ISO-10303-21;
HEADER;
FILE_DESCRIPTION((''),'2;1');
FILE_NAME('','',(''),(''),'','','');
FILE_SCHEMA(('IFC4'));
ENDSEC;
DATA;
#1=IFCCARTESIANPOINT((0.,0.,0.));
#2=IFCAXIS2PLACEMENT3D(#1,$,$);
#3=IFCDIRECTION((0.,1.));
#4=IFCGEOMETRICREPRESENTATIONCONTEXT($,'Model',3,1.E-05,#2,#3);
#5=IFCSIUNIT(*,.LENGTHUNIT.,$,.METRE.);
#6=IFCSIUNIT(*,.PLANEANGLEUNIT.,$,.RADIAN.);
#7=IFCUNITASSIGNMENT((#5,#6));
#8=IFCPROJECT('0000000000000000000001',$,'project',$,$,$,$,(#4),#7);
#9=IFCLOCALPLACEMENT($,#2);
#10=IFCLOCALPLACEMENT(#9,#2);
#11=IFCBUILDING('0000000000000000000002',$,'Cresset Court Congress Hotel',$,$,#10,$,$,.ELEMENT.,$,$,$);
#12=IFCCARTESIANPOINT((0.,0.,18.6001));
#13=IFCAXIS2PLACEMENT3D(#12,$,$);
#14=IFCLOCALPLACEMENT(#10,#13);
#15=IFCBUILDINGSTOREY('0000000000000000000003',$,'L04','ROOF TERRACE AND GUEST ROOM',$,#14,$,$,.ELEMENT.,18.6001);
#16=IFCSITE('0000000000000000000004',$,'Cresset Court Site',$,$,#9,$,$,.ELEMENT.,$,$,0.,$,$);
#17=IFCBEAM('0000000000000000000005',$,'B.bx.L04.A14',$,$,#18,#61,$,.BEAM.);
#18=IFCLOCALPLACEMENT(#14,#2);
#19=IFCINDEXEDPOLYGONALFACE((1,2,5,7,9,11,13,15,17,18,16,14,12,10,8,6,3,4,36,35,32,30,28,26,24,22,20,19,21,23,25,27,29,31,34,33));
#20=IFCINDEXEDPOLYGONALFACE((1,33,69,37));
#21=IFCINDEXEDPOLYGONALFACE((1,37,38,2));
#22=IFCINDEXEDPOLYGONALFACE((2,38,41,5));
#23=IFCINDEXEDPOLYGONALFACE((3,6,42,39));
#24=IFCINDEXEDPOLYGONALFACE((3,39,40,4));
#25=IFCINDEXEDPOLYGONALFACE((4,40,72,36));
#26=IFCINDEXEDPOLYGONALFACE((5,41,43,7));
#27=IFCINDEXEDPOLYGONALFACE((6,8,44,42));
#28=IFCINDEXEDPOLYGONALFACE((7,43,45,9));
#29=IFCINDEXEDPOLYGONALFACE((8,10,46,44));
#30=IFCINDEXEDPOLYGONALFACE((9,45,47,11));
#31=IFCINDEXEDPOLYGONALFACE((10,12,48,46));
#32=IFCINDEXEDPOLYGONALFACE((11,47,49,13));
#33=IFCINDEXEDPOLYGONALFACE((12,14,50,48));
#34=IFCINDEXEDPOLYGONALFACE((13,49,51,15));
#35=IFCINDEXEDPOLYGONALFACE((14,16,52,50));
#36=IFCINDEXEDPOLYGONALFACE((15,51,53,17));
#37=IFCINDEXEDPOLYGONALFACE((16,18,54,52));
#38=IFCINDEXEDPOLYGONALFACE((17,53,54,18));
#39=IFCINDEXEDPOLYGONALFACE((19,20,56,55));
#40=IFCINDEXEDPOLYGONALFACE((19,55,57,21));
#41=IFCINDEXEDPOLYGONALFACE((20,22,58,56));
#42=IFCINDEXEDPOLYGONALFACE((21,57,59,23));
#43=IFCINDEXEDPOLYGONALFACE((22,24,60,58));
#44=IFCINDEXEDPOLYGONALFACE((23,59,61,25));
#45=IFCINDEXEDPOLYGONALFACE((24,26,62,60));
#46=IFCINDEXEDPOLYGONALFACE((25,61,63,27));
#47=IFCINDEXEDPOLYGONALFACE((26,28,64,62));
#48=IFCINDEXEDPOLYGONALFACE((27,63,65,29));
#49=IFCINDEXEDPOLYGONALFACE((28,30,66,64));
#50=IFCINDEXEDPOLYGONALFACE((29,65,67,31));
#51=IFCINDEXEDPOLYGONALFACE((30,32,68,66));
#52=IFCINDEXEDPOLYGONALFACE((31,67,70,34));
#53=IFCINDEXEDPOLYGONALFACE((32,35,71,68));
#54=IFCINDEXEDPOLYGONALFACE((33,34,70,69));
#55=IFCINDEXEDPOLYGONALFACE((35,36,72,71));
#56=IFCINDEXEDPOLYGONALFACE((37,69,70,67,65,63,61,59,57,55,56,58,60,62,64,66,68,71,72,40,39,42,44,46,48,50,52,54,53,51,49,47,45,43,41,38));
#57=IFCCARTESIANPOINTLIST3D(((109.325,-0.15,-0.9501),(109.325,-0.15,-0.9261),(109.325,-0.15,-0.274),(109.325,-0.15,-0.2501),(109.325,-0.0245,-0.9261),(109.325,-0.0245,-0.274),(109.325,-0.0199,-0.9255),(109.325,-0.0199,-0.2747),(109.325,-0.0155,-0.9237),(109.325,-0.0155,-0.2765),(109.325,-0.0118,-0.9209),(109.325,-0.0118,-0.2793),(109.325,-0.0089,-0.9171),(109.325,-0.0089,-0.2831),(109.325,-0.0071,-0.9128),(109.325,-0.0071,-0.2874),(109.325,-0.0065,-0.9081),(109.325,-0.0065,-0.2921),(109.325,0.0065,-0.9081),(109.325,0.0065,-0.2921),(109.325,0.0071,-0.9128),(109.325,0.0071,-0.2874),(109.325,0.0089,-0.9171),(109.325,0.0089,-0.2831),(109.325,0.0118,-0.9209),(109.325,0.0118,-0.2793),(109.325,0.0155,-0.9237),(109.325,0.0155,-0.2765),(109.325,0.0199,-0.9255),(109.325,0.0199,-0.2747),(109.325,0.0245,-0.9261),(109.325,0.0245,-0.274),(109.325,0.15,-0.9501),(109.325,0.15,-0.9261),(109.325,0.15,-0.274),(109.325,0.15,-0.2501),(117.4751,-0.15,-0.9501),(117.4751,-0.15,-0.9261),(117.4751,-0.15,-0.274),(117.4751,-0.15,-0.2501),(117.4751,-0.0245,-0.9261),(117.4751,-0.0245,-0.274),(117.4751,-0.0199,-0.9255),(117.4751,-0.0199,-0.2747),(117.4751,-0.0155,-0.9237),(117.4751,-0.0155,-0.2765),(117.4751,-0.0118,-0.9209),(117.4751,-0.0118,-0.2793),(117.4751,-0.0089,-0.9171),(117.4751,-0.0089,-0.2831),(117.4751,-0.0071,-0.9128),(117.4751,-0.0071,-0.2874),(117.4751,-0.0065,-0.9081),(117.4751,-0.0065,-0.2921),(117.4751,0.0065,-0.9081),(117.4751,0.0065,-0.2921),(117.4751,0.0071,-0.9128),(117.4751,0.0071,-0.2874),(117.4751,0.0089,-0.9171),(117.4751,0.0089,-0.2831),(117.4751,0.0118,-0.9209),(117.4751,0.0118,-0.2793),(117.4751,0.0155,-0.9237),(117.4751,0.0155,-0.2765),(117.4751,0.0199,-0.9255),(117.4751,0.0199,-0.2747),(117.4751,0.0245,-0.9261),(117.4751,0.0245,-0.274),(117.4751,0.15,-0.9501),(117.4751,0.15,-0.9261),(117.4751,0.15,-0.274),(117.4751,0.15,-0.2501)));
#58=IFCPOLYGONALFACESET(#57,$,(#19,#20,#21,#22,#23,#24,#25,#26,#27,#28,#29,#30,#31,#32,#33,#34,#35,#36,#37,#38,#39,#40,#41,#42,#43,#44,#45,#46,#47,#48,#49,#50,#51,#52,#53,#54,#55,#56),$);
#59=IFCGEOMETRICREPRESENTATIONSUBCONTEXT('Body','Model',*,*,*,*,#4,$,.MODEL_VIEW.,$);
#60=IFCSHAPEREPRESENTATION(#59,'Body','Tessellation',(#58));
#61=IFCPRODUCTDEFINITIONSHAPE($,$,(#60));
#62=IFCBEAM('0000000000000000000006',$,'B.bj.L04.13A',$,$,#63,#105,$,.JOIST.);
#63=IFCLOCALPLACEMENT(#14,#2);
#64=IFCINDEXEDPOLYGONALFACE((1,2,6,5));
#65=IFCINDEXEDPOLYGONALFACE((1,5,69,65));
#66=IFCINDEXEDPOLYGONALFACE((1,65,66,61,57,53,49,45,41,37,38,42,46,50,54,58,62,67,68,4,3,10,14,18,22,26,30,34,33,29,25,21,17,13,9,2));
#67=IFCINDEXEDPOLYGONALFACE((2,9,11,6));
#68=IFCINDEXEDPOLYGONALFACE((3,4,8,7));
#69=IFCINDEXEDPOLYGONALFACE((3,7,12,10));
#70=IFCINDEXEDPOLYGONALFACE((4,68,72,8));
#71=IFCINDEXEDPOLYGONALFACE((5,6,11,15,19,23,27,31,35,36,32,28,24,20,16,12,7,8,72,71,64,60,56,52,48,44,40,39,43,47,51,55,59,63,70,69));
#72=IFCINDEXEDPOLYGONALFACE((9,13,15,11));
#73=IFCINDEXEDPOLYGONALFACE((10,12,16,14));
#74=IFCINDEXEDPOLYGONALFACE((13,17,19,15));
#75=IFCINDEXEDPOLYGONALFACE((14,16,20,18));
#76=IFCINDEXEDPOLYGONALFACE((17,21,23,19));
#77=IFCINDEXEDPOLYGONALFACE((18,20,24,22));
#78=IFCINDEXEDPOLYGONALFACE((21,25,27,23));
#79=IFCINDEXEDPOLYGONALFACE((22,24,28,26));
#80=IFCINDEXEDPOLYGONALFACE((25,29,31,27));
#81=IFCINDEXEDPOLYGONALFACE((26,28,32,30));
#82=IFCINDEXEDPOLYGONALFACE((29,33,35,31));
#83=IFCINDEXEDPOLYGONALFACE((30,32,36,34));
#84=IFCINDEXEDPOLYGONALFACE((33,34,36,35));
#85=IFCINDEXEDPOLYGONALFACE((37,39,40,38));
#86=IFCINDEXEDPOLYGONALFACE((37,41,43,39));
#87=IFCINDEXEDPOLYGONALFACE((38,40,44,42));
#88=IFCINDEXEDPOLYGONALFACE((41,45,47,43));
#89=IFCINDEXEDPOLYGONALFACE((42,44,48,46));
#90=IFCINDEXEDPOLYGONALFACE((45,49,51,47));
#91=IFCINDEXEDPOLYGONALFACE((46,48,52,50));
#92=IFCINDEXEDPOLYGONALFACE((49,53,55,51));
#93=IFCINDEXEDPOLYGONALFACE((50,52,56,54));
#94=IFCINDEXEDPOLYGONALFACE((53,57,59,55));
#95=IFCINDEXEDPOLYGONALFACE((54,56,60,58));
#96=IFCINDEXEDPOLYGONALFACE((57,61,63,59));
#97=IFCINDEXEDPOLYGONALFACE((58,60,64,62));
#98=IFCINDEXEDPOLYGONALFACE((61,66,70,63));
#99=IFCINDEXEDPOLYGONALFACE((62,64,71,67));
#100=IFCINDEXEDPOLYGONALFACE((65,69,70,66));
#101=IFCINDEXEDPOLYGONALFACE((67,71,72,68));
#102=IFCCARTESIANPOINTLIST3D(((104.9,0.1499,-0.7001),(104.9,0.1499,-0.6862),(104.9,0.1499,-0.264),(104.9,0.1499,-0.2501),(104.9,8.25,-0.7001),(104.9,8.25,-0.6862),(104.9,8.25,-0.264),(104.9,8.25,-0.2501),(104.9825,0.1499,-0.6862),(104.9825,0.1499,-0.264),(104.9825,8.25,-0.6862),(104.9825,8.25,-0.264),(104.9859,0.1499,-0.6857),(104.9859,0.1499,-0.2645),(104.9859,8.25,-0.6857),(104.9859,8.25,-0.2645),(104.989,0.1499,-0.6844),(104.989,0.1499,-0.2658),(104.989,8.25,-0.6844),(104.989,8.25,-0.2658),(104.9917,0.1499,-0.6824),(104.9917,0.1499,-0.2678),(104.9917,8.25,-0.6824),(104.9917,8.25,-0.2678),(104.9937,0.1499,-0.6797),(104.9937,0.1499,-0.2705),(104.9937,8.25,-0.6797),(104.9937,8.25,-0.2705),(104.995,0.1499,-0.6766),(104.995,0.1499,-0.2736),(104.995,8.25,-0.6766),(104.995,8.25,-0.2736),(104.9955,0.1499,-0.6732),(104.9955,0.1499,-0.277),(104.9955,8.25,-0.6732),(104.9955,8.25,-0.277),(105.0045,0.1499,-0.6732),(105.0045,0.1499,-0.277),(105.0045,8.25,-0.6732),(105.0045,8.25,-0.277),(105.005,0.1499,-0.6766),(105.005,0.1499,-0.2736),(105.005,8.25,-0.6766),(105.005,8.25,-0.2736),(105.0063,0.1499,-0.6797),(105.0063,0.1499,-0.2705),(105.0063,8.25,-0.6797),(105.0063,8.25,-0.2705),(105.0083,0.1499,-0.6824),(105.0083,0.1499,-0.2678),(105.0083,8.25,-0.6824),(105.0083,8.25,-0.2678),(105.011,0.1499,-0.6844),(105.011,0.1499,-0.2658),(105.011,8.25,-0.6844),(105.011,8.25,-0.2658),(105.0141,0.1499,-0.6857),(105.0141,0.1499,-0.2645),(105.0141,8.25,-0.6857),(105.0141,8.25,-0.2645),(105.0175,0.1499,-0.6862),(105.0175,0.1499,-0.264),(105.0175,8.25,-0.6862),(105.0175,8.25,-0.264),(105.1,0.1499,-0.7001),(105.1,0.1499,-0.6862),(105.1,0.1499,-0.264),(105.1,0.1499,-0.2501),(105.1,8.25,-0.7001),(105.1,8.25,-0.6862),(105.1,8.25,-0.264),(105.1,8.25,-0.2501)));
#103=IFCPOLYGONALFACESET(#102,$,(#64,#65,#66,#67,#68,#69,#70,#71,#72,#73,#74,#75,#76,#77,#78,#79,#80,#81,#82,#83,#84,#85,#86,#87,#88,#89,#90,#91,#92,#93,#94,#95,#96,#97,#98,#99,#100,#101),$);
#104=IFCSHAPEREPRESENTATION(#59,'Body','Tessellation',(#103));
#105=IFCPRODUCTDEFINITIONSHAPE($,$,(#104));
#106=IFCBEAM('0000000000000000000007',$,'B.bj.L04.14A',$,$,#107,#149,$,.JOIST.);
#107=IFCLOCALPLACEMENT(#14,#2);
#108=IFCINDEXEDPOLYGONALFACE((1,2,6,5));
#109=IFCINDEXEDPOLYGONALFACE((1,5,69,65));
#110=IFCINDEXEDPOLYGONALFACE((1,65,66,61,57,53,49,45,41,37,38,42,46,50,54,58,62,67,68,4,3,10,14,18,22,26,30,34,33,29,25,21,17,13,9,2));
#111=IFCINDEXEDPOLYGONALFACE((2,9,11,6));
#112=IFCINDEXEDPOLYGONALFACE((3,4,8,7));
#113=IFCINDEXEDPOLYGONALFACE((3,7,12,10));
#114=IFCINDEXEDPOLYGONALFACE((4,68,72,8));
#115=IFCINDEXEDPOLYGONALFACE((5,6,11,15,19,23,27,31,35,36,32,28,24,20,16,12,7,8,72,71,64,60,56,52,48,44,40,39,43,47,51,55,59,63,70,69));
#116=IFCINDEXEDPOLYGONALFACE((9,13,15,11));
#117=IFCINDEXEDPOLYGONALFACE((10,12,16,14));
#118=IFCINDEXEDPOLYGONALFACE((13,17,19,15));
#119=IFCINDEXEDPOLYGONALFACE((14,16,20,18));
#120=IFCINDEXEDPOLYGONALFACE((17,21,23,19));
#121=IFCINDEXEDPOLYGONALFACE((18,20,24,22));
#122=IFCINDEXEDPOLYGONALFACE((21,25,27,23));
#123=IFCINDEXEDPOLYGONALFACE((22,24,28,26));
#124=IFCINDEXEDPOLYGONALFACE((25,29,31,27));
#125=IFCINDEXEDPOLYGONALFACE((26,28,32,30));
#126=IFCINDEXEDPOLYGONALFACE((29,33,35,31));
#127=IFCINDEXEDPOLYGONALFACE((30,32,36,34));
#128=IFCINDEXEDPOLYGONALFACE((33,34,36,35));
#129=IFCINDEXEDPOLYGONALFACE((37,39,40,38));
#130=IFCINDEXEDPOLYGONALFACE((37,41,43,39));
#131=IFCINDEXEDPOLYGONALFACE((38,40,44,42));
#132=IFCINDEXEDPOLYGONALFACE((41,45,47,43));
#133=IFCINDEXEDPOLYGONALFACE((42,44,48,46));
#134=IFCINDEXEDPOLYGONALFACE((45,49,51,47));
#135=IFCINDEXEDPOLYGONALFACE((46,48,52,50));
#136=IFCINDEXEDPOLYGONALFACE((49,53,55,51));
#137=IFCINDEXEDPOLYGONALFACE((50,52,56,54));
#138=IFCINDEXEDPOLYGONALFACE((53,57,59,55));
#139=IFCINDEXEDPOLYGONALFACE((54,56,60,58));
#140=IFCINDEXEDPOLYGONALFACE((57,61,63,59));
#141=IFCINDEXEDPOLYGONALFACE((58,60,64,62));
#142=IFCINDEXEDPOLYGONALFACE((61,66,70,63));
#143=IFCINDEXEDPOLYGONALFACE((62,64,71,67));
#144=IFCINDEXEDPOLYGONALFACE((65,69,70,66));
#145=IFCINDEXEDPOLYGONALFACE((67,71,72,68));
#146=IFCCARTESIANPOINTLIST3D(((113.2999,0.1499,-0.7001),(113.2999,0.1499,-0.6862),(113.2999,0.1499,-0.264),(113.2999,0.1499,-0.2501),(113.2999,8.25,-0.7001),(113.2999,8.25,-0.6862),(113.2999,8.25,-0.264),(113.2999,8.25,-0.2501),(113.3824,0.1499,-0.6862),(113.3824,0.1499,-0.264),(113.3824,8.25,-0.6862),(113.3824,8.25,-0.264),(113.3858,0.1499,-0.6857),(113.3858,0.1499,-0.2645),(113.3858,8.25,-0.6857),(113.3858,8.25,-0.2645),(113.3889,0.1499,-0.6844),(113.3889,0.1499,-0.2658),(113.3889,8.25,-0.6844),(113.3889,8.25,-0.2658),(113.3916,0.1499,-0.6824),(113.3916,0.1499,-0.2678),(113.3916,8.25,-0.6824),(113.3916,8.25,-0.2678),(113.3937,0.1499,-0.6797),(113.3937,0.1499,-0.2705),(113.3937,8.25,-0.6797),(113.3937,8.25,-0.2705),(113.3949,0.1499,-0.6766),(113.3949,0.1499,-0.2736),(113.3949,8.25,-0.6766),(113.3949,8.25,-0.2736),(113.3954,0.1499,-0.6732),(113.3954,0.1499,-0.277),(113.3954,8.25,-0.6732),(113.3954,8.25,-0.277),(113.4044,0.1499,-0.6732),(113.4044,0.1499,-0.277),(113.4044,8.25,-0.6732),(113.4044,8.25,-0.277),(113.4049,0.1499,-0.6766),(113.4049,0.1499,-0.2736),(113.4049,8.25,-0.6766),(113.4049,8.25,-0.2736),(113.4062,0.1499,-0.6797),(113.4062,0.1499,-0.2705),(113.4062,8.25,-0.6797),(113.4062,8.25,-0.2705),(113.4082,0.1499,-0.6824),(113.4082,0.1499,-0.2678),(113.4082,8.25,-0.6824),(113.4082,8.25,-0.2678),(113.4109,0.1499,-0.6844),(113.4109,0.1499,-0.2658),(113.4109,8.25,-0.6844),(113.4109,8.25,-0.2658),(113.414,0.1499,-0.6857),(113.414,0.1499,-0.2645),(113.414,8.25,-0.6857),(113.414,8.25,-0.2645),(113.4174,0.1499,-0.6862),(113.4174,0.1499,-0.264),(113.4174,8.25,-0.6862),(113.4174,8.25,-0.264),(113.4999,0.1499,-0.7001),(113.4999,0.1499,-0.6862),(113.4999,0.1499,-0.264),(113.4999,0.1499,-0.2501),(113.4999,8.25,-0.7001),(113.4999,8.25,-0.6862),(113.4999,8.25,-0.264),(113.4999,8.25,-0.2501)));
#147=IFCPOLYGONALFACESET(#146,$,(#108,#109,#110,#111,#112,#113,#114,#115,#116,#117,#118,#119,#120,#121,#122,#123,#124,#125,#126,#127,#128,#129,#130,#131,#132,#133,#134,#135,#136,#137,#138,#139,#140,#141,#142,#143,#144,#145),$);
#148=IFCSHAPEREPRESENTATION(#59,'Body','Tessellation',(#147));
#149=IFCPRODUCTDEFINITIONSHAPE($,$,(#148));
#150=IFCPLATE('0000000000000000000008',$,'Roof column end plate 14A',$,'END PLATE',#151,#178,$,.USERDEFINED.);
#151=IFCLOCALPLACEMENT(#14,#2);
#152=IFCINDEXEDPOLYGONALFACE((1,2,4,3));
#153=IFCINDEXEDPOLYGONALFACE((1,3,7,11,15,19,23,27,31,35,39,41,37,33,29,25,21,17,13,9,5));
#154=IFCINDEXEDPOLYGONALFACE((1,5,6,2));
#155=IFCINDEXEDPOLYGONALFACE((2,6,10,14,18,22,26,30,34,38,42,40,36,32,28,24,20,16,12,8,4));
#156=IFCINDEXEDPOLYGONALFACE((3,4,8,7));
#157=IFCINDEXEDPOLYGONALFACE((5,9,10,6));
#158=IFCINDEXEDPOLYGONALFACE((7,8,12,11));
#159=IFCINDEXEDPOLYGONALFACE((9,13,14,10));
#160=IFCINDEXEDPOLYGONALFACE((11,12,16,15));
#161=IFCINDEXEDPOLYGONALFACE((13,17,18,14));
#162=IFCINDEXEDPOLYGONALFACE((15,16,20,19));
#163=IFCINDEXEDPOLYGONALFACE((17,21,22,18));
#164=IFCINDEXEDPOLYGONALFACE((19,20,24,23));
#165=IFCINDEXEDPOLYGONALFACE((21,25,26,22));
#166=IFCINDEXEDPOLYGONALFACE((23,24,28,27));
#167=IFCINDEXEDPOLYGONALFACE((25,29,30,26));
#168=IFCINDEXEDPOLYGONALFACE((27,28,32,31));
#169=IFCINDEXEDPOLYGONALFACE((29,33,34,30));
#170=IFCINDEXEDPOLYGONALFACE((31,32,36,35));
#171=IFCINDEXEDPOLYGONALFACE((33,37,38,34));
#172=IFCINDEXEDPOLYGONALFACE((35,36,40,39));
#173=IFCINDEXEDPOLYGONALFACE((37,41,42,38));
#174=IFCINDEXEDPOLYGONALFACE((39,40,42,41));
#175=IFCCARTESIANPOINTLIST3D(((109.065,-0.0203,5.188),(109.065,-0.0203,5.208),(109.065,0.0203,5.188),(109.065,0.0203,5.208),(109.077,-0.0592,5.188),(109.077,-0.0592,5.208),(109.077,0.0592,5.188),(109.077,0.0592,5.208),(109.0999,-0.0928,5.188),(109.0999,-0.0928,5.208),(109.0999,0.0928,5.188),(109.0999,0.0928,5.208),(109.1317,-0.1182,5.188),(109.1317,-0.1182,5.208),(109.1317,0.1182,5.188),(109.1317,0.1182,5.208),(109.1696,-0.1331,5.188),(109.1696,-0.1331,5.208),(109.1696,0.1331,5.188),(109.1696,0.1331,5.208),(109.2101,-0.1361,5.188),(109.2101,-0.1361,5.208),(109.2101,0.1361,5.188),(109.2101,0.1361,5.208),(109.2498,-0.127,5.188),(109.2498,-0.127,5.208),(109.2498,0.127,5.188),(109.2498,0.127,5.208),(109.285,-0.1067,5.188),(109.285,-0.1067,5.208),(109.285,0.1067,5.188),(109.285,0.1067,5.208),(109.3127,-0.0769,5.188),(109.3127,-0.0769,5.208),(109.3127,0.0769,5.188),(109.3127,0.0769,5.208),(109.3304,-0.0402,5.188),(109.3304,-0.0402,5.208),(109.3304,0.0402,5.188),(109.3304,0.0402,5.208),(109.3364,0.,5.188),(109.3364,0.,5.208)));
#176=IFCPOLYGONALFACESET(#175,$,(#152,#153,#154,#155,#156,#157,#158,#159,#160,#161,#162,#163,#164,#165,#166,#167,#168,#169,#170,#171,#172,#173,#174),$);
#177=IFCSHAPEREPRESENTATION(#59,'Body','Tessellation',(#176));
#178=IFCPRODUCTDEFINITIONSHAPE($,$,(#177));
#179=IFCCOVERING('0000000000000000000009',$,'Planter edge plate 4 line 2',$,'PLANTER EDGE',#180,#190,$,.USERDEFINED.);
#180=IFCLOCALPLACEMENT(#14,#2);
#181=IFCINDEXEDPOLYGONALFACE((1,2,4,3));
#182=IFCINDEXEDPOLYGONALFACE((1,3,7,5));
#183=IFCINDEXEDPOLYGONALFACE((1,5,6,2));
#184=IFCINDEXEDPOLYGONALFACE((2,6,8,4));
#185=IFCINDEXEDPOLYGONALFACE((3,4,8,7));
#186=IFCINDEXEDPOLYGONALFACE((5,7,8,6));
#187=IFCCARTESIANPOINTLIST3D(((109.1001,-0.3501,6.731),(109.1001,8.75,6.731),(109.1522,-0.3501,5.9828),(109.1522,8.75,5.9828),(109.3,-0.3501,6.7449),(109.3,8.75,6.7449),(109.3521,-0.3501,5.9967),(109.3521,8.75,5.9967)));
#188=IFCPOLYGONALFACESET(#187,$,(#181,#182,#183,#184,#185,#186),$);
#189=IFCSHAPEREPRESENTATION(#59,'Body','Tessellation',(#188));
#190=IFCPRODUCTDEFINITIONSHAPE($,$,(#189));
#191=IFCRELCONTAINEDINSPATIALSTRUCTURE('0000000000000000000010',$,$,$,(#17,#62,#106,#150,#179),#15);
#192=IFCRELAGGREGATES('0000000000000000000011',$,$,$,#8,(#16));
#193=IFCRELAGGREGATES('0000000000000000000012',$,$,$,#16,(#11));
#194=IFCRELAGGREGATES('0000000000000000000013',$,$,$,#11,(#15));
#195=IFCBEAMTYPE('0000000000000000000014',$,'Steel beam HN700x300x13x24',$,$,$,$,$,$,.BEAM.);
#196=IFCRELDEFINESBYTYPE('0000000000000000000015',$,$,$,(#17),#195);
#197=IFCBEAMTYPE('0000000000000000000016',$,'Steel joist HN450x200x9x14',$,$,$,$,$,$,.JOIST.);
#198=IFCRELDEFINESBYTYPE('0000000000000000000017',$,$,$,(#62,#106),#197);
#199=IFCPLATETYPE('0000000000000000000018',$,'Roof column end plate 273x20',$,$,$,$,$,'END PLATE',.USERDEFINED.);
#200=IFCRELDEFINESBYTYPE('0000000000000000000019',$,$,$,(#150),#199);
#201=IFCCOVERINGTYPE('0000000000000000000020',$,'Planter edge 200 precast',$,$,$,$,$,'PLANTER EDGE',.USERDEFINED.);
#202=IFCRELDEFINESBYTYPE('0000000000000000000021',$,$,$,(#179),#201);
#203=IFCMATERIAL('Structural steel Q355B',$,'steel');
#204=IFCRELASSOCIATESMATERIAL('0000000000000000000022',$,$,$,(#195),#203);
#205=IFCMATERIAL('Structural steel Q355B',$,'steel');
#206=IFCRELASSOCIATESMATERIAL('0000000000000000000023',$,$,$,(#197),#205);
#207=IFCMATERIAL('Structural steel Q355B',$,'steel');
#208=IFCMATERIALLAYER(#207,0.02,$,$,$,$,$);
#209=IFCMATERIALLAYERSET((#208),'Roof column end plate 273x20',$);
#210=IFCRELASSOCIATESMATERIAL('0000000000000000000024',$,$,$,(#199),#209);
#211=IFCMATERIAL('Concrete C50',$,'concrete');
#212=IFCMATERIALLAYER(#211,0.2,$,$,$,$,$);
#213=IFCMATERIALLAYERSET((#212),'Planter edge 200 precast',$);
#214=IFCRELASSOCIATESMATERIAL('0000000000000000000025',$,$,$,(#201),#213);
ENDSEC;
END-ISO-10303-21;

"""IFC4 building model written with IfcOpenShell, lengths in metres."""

from ifc_helpers import new_model, si_unit, direction, frame, origin, origin_2d, place, context, subcontext, project, spatial, polyline, circle, i_section, outline, extrude, material, layer, layer_set, material_profile, profile_set, type_object, element, save


model = new_model("IFC4")

# Units and contexts
model_context = context("Model", 3, precision=1e-05, world=origin(), true_north=direction((0.0, 1.0)))
body_context = subcontext(model_context, "Body", "Model", "MODEL_VIEW")
ifc_project = project(units=[si_unit("LENGTHUNIT", "METRE"), si_unit("PLANEANGLEUNIT", "RADIAN")], contexts=[model_context])

# Site, building, storey
site_placement = place(None, origin())
site = spatial("IfcSite", under=ifc_project, at=site_placement, Name="Cresset Court Site", CompositionType="ELEMENT", RefElevation=0.0)
building_placement = place(site_placement, origin())
building = spatial("IfcBuilding", under=site, at=building_placement, Name="Cresset Court Congress Hotel", CompositionType="ELEMENT")
storey_placement = place(building_placement, frame((0.0, 0.0, 18.6001)))
storey = spatial("IfcBuildingStorey", under=building, at=storey_placement, Name="L04", Description="ROOF TERRACE AND GUEST ROOM", CompositionType="ELEMENT", Elevation=18.6001)

# Beams
ifc_material_1 = material(Name="Structural steel Q355B", Category="steel")
ifc_material_profile_1 = material_profile(ifc_material_1, i_section(OverallWidth=0.3, OverallDepth=0.7, WebThickness=0.0129, FlangeThickness=0.0239, FilletRadius=0.0181, at=origin_2d()), Name="HN700x300x13x24")
ifc_profile_set_1 = profile_set([ifc_material_profile_1], Name="Structural steel Q355B")
beam_type_1 = type_object("IfcBeamType", Name="Steel beam HN700x300x13x24", PredefinedType="BEAM", material=ifc_profile_set_1)
beam_1_placement = place(storey_placement, frame((109.325, 0.0, -0.6001), z_axis=(1.0, 0.0, 0.0), x_axis=(0.0, 1.0, 0.0)))
element("IfcBeam", 1, at=beam_1_placement, inside=storey, type_object=beam_type_1, Name="B.bx.L04.A14", PredefinedType="BEAM", context=body_context, shape_type="SweptSolid", body=[
    extrude(i_section(OverallWidth=0.3, OverallDepth=0.7, WebThickness=0.0129, FlangeThickness=0.0239, FilletRadius=0.0181, at=origin_2d()), origin(), (0.0, 0.0, 1.0), 8.1501),
])
ifc_material_2 = material(Name="Structural steel Q355B", Category="steel")
ifc_material_profile_2 = material_profile(ifc_material_2, i_section(OverallWidth=0.2, OverallDepth=0.45, WebThickness=0.009, FlangeThickness=0.0139, FilletRadius=0.0129, at=origin_2d()), Name="HN450x200x9x14")
ifc_profile_set_2 = profile_set([ifc_material_profile_2], Name="Structural steel Q355B")
beam_type_2 = type_object("IfcBeamType", Name="Steel joist HN450x200x9x14", PredefinedType="JOIST", material=ifc_profile_set_2)
for number, where, z_axis, x_axis, name in (
    (2, (105.0, 0.1499, -0.4751), (0.0, 1.0, 0.0), (-1.0, 0.0, 0.0), "B.bj.L04.13A"),
    (3, (113.3999, 0.1499, -0.4751), (0.0, 1.0, 0.0), (-1.0, 0.0, 0.0), "B.bj.L04.14A"),
):
    element("IfcBeam", number, at=place(storey_placement, frame(where, z_axis=z_axis, x_axis=x_axis)), inside=storey, type_object=beam_type_2, Name=name, PredefinedType="JOIST", context=body_context, shape_type="SweptSolid", body=[
        extrude(i_section(OverallWidth=0.2, OverallDepth=0.45, WebThickness=0.009, FlangeThickness=0.0139, FilletRadius=0.0129, at=origin_2d()), origin(), (0.0, 0.0, 1.0), 8.1001),
    ])

# Plate
ifc_material_3 = material(Name="Structural steel Q355B", Category="steel")
ifc_layer_1 = layer(ifc_material_3, 0.02)
ifc_layer_set_1 = layer_set([ifc_layer_1], Name="Roof column end plate 273x20")
plate_type = type_object("IfcPlateType", Name="Roof column end plate 273x20", ElementType="END PLATE", PredefinedType="USERDEFINED", material=ifc_layer_set_1)
plate_placement = place(storey_placement, frame((109.2, 0.0, 5.188), z_axis=(0.0, 0.0, 1.0), x_axis=(1.0, 0.0, 0.0)))
element("IfcPlate", 4, at=plate_placement, inside=storey, type_object=plate_type, Name="Roof column end plate 14A", ObjectType="END PLATE", PredefinedType="USERDEFINED", context=body_context, shape_type="SweptSolid", body=[
    extrude(circle(Radius=0.1365, at=origin_2d()), origin(), (0.0, 0.0, 1.0), 0.02),
])

# Covering
ifc_material_4 = material(Name="Concrete C50", Category="concrete")
ifc_layer_2 = layer(ifc_material_4, 0.2)
ifc_layer_set_2 = layer_set([ifc_layer_2], Name="Planter edge 200 precast")
covering_type_1 = type_object("IfcCoveringType", Name="Planter edge 200 precast", ElementType="PLANTER EDGE", PredefinedType="USERDEFINED", material=ifc_layer_set_2)
covering_1_placement = place(storey_placement, frame((109.1001, -0.3501, 6.731), z_axis=(-0.069429, 0.0, 0.997587), x_axis=(0.997587, 0.0, 0.069429)))
element("IfcCovering", 5, at=covering_1_placement, inside=storey, type_object=covering_type_1, Name="Planter edge plate 4 line 2", ObjectType="PLANTER EDGE", PredefinedType="USERDEFINED", context=body_context, shape_type="SweptSolid", body=[
    extrude(outline(polyline([(0.0, 0.0), (0.2004, 0.0), (0.2004, 9.1001), (0.0, 9.1001), (0.0, 0.0)])), origin(), (0.0, 0.0, -1.0), 0.75),
])

save(model, "model.ifc")
